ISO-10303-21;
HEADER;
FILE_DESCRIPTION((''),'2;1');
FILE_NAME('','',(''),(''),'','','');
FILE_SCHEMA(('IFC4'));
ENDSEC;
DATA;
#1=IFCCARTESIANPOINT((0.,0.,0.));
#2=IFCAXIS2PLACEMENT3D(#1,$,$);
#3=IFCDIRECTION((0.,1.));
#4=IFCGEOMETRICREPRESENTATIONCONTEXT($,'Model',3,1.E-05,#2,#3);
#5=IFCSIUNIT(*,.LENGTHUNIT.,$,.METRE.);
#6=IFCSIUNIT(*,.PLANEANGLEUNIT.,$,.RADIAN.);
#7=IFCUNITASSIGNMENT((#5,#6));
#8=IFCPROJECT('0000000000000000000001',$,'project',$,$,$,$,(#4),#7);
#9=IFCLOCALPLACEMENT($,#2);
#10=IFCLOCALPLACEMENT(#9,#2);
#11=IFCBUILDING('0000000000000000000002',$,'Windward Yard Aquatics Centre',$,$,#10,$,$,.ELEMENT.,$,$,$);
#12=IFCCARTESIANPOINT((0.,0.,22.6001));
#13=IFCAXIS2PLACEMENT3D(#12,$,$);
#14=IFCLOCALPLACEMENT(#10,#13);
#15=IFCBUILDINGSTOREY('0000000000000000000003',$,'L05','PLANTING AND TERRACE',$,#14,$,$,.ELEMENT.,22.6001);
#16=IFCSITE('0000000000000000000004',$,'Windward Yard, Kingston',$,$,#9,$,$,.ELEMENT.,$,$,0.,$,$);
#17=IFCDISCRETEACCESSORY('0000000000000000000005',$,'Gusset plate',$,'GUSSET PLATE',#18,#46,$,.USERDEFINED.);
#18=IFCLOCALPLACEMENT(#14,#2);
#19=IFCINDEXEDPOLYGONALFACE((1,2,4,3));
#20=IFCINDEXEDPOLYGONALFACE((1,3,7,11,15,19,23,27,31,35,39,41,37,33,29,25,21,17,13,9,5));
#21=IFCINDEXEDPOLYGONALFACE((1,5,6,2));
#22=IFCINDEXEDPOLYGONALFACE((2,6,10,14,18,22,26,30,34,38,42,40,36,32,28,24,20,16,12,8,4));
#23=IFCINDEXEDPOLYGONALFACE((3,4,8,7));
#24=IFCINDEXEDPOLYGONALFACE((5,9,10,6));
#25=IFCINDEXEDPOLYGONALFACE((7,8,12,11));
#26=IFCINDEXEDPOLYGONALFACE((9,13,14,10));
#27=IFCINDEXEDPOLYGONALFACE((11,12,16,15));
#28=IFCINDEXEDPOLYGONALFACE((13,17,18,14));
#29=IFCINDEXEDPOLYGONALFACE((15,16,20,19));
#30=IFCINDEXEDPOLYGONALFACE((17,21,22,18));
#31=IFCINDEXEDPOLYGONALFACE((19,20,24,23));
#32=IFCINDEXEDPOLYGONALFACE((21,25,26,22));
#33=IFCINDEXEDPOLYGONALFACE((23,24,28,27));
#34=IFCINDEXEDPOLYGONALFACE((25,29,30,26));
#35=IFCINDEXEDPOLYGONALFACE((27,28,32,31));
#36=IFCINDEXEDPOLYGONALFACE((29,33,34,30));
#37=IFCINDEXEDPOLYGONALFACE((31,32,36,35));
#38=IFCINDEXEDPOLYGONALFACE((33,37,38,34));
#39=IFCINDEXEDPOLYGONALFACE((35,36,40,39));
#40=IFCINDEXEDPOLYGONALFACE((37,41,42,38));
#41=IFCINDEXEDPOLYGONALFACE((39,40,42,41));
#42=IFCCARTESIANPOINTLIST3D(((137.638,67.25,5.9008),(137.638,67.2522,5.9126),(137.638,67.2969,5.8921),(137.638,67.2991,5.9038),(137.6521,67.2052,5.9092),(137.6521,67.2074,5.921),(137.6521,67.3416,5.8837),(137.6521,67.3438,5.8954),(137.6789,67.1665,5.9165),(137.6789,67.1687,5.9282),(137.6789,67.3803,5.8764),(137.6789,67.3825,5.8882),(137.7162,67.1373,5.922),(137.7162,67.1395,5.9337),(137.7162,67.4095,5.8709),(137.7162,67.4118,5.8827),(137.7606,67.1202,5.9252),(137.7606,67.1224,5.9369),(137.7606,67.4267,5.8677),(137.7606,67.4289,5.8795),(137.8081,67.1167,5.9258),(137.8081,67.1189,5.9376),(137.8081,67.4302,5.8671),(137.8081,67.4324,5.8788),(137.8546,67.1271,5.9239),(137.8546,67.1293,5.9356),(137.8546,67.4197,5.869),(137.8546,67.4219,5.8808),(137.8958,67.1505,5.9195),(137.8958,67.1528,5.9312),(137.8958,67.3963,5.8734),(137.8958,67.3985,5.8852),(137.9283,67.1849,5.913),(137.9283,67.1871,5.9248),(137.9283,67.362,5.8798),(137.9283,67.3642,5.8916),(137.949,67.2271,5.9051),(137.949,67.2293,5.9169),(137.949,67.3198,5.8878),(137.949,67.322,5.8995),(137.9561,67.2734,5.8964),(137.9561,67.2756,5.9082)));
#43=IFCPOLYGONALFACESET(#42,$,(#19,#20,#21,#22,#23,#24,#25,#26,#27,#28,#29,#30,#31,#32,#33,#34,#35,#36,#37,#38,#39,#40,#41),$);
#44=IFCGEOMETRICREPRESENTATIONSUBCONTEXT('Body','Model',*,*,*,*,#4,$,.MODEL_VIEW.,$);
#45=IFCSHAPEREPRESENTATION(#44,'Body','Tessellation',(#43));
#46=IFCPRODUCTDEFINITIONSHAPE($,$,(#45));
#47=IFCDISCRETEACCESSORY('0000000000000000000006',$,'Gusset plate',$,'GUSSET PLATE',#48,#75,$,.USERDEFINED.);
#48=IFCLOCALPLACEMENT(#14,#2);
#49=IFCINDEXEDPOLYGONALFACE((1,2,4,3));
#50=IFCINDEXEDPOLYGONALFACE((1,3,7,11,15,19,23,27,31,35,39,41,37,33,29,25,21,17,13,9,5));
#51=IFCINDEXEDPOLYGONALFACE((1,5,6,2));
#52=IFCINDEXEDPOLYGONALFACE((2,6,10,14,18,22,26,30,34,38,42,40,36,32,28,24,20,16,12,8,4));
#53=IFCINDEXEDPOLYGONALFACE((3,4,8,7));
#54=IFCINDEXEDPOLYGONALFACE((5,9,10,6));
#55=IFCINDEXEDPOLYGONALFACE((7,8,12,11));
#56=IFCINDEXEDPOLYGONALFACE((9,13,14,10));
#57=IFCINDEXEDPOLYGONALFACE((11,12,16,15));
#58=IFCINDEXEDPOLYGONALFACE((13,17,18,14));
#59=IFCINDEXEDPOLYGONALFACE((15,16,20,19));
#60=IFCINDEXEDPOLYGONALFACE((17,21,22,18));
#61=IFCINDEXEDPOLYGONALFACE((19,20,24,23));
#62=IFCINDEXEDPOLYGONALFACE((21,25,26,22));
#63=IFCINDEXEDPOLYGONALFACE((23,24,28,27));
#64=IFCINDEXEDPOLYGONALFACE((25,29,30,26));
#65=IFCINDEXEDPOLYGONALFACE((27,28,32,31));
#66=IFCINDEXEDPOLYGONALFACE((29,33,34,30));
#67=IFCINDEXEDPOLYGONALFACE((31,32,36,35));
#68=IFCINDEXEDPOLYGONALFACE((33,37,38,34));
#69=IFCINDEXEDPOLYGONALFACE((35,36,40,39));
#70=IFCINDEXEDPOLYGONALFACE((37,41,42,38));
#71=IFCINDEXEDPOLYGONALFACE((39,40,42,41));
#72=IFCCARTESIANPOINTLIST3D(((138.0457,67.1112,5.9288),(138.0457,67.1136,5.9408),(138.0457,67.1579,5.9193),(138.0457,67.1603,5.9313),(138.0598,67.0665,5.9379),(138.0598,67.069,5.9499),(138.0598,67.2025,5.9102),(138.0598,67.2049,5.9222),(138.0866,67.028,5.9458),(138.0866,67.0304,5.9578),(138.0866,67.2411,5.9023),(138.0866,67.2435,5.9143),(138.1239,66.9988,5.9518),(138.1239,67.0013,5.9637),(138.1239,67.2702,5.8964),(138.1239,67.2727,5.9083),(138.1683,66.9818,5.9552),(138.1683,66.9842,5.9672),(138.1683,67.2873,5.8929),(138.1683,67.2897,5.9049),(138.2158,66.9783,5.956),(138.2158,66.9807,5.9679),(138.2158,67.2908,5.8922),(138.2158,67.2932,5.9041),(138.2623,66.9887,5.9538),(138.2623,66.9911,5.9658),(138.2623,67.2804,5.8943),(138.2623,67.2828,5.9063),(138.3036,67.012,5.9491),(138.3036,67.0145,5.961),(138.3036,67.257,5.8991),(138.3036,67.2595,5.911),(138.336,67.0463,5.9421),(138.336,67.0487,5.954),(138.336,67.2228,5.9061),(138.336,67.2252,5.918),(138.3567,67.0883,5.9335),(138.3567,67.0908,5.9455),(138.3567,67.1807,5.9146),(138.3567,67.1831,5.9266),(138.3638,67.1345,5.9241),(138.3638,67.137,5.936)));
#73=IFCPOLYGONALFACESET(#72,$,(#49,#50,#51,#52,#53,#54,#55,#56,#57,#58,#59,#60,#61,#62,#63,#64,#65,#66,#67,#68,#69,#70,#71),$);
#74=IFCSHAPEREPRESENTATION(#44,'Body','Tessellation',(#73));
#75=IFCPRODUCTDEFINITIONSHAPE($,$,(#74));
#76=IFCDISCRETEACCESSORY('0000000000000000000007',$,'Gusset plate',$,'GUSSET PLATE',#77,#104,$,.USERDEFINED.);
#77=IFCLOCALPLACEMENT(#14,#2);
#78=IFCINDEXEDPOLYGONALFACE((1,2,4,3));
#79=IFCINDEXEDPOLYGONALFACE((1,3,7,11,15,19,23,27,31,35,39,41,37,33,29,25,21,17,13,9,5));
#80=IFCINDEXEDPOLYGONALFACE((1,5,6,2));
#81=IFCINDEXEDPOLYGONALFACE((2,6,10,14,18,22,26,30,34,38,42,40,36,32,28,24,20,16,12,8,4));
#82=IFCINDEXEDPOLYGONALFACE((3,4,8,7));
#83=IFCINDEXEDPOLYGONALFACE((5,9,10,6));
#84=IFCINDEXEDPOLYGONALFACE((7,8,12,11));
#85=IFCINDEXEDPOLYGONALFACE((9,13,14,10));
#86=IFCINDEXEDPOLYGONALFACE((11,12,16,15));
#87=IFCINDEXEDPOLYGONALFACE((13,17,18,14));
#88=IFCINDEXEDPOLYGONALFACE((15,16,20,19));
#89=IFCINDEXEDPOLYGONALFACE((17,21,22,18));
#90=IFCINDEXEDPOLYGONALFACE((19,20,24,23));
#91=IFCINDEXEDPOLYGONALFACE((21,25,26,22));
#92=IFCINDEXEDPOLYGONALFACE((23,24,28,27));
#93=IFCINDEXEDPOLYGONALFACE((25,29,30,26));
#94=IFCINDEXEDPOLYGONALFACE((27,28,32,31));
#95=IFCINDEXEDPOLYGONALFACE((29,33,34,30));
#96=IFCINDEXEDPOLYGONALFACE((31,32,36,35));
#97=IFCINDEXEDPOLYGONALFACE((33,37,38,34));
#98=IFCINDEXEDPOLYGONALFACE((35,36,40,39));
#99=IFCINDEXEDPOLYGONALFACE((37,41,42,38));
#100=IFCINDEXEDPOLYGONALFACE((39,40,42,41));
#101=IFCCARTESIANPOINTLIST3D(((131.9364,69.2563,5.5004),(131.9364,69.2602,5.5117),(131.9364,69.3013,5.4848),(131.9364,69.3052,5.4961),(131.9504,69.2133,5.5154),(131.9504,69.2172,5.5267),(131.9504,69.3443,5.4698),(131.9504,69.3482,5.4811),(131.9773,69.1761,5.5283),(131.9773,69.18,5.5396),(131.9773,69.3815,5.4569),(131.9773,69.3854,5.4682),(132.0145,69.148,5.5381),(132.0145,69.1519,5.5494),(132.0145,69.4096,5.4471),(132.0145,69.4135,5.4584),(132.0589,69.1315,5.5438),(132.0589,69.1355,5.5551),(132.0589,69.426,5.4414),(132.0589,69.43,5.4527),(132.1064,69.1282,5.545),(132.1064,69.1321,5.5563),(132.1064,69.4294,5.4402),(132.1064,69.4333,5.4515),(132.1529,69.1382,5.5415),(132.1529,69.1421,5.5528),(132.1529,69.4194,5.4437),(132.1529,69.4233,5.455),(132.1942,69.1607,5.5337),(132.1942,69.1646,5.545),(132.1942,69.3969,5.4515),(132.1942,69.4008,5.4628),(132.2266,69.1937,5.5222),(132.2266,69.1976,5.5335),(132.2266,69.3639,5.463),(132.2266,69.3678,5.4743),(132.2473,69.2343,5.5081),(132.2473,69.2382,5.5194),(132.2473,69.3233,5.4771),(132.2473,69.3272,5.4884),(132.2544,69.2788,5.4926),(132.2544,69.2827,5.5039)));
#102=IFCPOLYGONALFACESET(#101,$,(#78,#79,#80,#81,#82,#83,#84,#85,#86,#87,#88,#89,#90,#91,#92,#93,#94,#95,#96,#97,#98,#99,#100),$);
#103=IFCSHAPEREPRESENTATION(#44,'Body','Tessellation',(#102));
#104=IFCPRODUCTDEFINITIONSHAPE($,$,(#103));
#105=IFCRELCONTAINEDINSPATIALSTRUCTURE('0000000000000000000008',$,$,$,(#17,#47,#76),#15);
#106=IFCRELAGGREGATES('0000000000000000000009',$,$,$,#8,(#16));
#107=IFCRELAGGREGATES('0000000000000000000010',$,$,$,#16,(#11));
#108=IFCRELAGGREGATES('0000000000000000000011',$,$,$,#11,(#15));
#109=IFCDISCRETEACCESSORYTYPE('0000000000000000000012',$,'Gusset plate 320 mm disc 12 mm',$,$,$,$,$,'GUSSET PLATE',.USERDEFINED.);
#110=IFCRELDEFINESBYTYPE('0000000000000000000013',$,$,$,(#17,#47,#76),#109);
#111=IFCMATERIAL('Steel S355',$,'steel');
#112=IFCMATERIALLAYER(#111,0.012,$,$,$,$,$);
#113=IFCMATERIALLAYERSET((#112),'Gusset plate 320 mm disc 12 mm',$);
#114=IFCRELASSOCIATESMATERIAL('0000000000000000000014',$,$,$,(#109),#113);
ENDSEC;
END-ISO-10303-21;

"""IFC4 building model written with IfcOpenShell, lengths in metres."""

from ifc_helpers import new_model, si_unit, direction, frame, origin, origin_2d, place, context, subcontext, project, spatial, circle, extrude, material, layer, layer_set, type_object, element, save


model = new_model("IFC4")

# Units and contexts
model_context = context("Model", 3, precision=1e-05, world=origin(), true_north=direction((0.0, 1.0)))
body_context = subcontext(model_context, "Body", "Model", "MODEL_VIEW")
ifc_project = project(units=[si_unit("LENGTHUNIT", "METRE"), si_unit("PLANEANGLEUNIT", "RADIAN")], contexts=[model_context])

# Site, building, storey
site_placement = place(None, origin())
site = spatial("IfcSite", under=ifc_project, at=site_placement, Name="Windward Yard, Kingston", CompositionType="ELEMENT", RefElevation=0.0)
building_placement = place(site_placement, origin())
building = spatial("IfcBuilding", under=site, at=building_placement, Name="Windward Yard Aquatics Centre", CompositionType="ELEMENT")
storey_placement = place(building_placement, frame((0.0, 0.0, 22.6001)))
storey = spatial("IfcBuildingStorey", under=building, at=storey_placement, Name="L05", Description="PLANTING AND TERRACE", CompositionType="ELEMENT", Elevation=22.6001)

# Discrete accessories
ifc_material_1 = material(Name="Steel S355", Category="steel")
ifc_layer = layer(ifc_material_1, 0.012)
ifc_layer_set = layer_set([ifc_layer], Name="Gusset plate 320 mm disc 12 mm")
discrete_accessory_type = type_object("IfcDiscreteAccessoryType", Name="Gusset plate 320 mm disc 12 mm", ElementType="GUSSET PLATE", PredefinedType="USERDEFINED", material=ifc_layer_set)
discrete_accessory_1_placement = place(storey_placement, frame((137.7961, 67.2756, 5.9082), z_axis=(0.0, -0.184289, -0.982872), x_axis=(1.0, 0.0, 0.0)))
element("IfcDiscreteAccessory", 1, at=discrete_accessory_1_placement, inside=storey, type_object=discrete_accessory_type, Name="Gusset plate", ObjectType="GUSSET PLATE", PredefinedType="USERDEFINED", context=body_context, shape_type="SweptSolid", body=[
    extrude(circle(Radius=0.1599, at=origin_2d()), origin(), (0.0, 0.0, 1.0), 0.012),
])
discrete_accessory_2_placement = place(storey_placement, frame((138.2039, 67.137, 5.936), z_axis=(0.0, -0.19996, -0.979804), x_axis=(1.0, 0.0, 0.0)))
element("IfcDiscreteAccessory", 2, at=discrete_accessory_2_placement, inside=storey, type_object=discrete_accessory_type, Name="Gusset plate", ObjectType="GUSSET PLATE", PredefinedType="USERDEFINED", context=body_context, shape_type="SweptSolid", body=[
    extrude(circle(Radius=0.1599, at=origin_2d()), origin(), (0.0, 0.0, 1.0), 0.0122),
])
discrete_accessory_3_placement = place(storey_placement, frame((132.0945, 69.2827, 5.5039), z_axis=(0.0, -0.328521, -0.944497), x_axis=(1.0, 0.0, 0.0)))
element("IfcDiscreteAccessory", 3, at=discrete_accessory_3_placement, inside=storey, type_object=discrete_accessory_type, Name="Gusset plate", ObjectType="GUSSET PLATE", PredefinedType="USERDEFINED", context=body_context, shape_type="SweptSolid", body=[
    extrude(circle(Radius=0.1599, at=origin_2d()), origin(), (0.0, 0.0, 1.0), 0.012),
])

save(model, "model.ifc")
